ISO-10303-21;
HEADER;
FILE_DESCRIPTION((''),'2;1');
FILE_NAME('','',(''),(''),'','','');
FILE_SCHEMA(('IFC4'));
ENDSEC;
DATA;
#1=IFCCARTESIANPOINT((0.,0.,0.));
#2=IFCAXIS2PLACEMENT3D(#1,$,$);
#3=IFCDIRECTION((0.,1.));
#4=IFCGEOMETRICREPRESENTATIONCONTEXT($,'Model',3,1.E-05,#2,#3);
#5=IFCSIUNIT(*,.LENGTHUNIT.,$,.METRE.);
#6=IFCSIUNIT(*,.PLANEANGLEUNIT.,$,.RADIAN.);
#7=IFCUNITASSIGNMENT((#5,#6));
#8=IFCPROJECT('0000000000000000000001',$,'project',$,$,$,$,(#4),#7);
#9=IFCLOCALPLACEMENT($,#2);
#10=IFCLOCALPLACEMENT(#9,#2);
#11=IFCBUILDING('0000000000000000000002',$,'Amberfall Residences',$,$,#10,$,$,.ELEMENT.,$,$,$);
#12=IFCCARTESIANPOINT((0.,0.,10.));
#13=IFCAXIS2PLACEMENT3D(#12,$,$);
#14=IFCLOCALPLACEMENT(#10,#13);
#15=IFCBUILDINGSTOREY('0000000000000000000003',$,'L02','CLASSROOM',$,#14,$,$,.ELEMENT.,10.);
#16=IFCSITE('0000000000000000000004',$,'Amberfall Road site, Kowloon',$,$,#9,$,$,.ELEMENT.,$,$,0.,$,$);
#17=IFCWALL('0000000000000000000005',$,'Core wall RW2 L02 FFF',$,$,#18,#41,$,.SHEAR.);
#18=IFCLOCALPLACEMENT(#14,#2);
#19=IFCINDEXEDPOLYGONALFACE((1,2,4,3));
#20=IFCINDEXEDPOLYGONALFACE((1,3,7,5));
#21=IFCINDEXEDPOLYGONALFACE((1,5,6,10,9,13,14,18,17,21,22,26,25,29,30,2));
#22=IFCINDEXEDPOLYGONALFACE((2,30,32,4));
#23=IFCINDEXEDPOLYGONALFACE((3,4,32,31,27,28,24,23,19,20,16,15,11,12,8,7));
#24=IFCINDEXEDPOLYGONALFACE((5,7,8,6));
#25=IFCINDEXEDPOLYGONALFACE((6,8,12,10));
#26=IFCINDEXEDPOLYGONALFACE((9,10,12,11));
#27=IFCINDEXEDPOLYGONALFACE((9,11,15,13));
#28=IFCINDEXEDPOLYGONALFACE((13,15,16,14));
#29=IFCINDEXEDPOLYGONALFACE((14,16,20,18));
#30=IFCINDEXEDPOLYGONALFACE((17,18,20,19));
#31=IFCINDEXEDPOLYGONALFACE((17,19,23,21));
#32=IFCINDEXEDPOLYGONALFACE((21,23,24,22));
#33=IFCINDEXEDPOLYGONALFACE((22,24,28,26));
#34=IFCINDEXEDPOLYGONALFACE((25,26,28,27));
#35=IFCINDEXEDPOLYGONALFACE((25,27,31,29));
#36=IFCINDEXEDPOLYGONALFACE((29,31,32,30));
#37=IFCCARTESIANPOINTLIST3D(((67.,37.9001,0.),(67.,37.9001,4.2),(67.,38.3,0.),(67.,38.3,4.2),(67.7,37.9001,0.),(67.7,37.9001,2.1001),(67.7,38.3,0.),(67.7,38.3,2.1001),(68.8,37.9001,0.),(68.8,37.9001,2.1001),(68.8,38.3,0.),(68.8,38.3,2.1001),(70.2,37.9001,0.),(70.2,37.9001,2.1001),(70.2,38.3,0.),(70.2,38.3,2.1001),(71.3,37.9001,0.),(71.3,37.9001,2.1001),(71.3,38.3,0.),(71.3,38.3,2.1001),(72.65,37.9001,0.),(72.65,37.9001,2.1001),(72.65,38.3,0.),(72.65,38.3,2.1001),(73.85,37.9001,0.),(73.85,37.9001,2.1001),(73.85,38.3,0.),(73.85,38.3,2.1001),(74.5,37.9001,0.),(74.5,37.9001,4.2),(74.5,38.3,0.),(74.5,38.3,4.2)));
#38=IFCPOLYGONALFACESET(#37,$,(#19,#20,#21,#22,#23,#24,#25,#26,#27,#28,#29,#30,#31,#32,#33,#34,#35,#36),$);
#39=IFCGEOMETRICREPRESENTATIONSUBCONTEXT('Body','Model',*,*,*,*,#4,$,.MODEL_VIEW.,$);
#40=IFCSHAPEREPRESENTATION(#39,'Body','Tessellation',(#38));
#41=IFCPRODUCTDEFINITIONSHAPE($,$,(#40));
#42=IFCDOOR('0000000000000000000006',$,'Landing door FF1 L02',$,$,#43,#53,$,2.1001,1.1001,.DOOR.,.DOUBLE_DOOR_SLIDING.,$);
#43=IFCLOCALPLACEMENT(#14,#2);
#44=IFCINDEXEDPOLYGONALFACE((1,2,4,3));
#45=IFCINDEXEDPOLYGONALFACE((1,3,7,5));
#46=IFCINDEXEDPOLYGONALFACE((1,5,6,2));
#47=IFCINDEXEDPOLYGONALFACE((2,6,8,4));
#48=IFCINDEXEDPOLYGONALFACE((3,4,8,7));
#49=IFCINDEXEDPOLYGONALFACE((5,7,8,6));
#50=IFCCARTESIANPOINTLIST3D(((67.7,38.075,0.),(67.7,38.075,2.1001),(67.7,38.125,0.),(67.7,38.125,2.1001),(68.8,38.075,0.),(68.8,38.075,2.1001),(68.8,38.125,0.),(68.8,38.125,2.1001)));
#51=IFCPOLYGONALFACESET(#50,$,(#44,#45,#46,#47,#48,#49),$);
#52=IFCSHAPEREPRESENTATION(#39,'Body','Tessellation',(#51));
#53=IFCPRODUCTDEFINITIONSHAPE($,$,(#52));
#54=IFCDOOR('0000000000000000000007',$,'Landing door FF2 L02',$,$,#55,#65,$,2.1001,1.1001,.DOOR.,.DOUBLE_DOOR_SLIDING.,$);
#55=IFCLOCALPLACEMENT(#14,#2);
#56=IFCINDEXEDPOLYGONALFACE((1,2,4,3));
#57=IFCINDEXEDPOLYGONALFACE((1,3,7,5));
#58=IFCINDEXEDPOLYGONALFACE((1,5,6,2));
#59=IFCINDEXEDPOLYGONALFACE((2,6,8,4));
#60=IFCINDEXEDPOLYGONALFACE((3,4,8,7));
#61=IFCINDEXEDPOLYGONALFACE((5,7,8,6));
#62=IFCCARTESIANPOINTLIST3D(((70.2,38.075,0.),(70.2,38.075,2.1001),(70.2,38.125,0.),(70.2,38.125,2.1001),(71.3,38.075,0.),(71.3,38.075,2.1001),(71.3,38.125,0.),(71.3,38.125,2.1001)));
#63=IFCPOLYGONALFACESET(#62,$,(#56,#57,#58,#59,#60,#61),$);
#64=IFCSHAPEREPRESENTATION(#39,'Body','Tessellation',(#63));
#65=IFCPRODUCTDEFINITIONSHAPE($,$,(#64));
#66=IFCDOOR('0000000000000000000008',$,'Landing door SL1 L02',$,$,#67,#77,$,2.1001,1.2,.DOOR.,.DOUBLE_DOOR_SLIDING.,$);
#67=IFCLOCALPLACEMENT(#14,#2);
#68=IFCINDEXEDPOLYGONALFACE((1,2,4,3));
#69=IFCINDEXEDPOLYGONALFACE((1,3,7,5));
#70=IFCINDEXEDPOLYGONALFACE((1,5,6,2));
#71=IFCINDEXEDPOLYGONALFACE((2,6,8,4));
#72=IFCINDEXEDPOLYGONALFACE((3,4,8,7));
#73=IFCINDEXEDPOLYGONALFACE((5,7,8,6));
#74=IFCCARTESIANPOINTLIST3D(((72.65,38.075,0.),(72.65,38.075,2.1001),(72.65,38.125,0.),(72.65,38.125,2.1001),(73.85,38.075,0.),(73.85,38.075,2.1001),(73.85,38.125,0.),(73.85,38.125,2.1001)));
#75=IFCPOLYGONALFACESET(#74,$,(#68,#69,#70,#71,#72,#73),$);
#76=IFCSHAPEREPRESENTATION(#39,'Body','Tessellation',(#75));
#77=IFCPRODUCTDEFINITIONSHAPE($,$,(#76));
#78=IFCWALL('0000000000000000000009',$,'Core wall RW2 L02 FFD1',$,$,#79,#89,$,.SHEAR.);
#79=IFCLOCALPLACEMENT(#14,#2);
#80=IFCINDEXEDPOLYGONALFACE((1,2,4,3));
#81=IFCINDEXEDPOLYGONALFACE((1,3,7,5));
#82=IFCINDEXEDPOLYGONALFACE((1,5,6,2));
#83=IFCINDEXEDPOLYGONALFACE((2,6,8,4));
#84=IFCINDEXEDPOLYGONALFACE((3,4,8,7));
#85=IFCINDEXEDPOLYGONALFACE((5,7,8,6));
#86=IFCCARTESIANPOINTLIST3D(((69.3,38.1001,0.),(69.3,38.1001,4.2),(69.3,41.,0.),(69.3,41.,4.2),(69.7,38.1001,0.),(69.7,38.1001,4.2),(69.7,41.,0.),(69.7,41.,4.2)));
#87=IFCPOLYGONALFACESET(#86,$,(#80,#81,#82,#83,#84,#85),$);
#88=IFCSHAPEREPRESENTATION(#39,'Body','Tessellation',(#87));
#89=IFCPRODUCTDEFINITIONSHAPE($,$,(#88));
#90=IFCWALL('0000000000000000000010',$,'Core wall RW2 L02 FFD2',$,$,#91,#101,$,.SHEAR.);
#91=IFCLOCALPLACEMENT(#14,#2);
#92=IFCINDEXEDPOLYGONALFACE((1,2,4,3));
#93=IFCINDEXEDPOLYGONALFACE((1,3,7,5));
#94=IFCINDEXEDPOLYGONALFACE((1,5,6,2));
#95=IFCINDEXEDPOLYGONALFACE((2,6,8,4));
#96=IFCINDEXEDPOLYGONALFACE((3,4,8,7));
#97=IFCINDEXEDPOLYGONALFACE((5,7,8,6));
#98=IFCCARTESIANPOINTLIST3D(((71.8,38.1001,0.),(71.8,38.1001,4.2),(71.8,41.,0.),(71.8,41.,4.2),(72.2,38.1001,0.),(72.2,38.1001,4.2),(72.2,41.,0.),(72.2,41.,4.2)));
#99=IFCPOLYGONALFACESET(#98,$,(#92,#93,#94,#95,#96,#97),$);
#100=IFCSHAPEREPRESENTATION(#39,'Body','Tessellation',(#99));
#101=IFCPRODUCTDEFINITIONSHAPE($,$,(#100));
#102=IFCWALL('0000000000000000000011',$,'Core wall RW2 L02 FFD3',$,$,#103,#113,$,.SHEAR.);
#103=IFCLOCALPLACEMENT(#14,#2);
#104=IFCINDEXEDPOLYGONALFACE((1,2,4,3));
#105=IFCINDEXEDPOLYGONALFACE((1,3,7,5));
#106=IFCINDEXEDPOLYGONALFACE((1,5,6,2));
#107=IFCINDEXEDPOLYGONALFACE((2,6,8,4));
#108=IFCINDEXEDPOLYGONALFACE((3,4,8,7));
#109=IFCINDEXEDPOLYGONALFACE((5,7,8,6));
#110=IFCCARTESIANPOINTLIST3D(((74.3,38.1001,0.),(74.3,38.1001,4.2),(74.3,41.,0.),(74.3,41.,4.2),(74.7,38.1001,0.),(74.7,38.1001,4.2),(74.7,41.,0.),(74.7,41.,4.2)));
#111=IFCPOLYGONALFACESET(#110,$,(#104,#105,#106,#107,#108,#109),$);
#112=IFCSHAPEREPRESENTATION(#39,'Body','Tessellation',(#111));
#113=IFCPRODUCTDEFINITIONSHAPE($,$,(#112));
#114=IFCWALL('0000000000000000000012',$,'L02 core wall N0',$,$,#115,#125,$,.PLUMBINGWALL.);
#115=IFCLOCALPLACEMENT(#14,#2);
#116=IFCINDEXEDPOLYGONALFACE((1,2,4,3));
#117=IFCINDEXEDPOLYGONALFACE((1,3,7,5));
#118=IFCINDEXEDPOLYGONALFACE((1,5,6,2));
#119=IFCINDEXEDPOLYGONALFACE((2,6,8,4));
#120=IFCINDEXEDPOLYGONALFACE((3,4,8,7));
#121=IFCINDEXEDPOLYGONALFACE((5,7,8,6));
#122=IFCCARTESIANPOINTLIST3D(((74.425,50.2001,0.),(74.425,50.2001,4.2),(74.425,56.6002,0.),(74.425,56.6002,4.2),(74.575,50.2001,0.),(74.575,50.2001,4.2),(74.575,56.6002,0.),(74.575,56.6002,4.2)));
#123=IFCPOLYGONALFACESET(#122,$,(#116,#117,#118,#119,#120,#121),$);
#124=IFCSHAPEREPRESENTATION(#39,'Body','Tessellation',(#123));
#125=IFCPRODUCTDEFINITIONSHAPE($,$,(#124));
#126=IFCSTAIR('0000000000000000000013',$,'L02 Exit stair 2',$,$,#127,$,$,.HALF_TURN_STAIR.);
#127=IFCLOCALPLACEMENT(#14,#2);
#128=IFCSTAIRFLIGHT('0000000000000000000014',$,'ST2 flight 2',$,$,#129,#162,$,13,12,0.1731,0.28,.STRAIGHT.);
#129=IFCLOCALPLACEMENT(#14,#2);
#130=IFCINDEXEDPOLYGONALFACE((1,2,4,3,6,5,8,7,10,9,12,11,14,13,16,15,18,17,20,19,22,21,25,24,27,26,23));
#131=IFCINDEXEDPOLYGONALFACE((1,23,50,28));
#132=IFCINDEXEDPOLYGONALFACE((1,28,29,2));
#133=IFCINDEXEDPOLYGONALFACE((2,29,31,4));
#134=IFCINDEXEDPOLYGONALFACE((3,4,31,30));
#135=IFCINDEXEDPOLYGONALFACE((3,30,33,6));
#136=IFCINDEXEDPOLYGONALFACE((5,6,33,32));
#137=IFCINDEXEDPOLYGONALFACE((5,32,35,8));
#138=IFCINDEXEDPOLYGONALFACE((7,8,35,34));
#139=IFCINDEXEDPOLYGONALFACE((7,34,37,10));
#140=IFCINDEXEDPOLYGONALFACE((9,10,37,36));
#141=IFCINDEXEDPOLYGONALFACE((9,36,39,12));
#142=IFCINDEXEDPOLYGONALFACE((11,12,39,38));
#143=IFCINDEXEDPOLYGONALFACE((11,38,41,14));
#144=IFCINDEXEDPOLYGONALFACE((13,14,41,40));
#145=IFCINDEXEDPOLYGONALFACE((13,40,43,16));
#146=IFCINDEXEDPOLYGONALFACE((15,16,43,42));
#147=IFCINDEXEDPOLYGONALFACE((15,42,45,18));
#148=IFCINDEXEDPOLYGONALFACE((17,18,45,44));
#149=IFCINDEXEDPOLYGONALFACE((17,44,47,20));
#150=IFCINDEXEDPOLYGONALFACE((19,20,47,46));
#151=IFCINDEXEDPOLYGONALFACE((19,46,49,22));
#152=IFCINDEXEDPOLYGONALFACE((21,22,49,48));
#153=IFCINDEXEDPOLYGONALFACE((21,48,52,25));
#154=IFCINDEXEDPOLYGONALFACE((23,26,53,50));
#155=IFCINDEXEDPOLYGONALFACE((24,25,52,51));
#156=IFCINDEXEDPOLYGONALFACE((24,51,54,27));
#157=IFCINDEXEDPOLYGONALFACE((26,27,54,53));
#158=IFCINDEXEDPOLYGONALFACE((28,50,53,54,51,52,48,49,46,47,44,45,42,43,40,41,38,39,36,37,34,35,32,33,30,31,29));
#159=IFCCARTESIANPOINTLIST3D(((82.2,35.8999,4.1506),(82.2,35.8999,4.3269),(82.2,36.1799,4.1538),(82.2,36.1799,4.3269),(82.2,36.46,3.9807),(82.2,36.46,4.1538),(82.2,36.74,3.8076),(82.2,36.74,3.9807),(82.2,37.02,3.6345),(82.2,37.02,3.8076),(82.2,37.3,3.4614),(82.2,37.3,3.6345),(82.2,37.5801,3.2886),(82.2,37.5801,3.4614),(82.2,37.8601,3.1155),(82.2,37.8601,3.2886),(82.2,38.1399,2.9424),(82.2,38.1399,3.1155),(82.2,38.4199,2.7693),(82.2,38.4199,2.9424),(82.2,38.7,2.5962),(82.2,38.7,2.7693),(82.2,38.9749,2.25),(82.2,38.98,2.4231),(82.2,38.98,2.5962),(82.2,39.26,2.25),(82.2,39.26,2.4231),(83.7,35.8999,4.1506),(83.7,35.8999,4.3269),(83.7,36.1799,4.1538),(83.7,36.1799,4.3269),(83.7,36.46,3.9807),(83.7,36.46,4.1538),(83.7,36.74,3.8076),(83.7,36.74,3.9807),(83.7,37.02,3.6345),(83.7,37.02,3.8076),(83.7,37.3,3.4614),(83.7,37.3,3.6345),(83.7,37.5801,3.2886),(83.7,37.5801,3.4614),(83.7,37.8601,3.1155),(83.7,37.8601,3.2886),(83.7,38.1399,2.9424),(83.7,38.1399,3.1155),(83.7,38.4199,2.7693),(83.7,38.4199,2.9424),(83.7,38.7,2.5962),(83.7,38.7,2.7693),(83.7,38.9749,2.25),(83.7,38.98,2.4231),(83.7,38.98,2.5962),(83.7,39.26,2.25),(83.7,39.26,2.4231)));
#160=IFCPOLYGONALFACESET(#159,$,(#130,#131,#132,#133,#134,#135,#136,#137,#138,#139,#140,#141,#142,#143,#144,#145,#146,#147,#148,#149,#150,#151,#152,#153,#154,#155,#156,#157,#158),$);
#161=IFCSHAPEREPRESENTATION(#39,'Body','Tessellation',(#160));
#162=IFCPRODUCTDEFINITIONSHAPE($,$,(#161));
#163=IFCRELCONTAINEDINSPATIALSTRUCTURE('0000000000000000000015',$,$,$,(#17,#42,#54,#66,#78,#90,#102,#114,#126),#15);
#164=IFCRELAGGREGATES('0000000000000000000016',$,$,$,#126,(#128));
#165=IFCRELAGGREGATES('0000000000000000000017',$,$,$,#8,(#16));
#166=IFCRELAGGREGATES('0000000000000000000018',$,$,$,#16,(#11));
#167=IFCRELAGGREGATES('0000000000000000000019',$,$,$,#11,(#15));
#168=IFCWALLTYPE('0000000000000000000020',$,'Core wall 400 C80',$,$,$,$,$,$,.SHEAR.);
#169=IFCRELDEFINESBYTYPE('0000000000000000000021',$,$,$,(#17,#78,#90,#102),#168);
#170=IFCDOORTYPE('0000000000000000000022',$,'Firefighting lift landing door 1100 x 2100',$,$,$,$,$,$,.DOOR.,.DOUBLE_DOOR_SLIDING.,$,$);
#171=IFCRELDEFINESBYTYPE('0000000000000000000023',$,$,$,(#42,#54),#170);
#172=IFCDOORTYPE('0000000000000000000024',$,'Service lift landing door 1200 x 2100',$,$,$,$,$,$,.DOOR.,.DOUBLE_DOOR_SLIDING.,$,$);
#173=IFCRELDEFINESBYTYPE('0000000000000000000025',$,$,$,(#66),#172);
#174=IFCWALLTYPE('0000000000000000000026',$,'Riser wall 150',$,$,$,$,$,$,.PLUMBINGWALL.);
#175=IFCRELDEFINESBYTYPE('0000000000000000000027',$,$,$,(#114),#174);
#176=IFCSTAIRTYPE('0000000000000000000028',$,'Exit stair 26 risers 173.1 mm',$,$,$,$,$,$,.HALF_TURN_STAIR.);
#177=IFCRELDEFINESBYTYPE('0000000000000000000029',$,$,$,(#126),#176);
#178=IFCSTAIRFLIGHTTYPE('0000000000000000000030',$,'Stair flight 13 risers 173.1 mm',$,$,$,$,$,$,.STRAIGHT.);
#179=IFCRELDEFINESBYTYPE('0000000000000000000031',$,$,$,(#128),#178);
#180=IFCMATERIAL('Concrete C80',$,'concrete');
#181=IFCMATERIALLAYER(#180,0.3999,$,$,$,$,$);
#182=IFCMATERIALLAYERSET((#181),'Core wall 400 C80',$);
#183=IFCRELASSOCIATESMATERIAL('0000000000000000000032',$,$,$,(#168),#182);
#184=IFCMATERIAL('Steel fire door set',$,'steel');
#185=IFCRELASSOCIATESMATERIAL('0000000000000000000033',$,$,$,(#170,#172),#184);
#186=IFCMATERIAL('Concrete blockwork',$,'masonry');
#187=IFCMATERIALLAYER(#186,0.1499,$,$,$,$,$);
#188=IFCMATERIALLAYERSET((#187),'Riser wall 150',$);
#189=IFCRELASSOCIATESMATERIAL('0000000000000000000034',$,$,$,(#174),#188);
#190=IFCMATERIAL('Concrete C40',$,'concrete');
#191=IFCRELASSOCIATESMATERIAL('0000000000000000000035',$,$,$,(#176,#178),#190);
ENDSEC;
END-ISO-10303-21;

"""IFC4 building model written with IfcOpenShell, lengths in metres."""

from ifc_helpers import new_model, si_unit, direction, frame, frame_2d, origin, place, context, subcontext, project, spatial, polyline, rectangle, outline, extrude, material, layer, layer_set, type_object, element, fill, aggregate, save


model = new_model("IFC4")

# Units and contexts
model_context = context("Model", 3, precision=1e-05, world=origin(), true_north=direction((0.0, 1.0)))
body_context = subcontext(model_context, "Body", "Model", "MODEL_VIEW")
ifc_project = project(units=[si_unit("LENGTHUNIT", "METRE"), si_unit("PLANEANGLEUNIT", "RADIAN")], contexts=[model_context])

# Site, building, storey
site_placement = place(None, origin())
site = spatial("IfcSite", under=ifc_project, at=site_placement, Name="Amberfall Road site, Kowloon", CompositionType="ELEMENT", RefElevation=0.0)
building_placement = place(site_placement, origin())
building = spatial("IfcBuilding", under=site, at=building_placement, Name="Amberfall Residences", CompositionType="ELEMENT")
storey_placement = place(building_placement, frame((0.0, 0.0, 10.0)))
storey = spatial("IfcBuildingStorey", under=building, at=storey_placement, Name="L02", Description="CLASSROOM", CompositionType="ELEMENT", Elevation=10.0)

# Shared definitions
ifc_material_1 = material(Name="Concrete C80", Category="concrete")
ifc_layer_1 = layer(ifc_material_1, 0.3999)
ifc_layer_set_1 = layer_set([ifc_layer_1], Name="Core wall 400 C80")
wall_type_1 = type_object("IfcWallType", Name="Core wall 400 C80", PredefinedType="SHEAR", material=ifc_layer_set_1)

# Wall, openings, doors
wall_1_placement = place(storey_placement, frame((67.0, 38.1001, 0.0), z_axis=(0.0, 0.0, 1.0), x_axis=(1.0, 0.0, 0.0)))
wall_1 = element("IfcWall", 1, at=wall_1_placement, inside=storey, type_object=wall_type_1, Name="Core wall RW2 L02 FFF", PredefinedType="SHEAR", context=body_context, shape_type="SweptSolid", body=[
    extrude(rectangle(XDim=7.5, YDim=0.3999, at=frame_2d((3.75, 0.0))), origin(), (0.0, 0.0, 1.0), 4.2),
])
opening_1_placement = place(wall_1_placement, frame((0.7, 0.0, 0.0)))
opening_1 = element("IfcOpeningElement", 2, at=opening_1_placement, cuts=wall_1, PredefinedType="OPENING", context=body_context, shape_type="SweptSolid", body=[
    extrude(rectangle(XDim=1.1001, YDim=2.1001, at=frame_2d((0.55, 1.05))), frame((0.0, 0.21, 0.0), z_axis=(0.0, -1.0, 0.0), x_axis=(1.0, 0.0, 0.0)), (0.0, 0.0, 1.0), 0.4199),
])
opening_2_placement = place(wall_1_placement, frame((3.2, 0.0, 0.0)))
opening_2 = element("IfcOpeningElement", 3, at=opening_2_placement, cuts=wall_1, PredefinedType="OPENING", context=body_context, shape_type="SweptSolid", body=[
    extrude(rectangle(XDim=1.1001, YDim=2.1001, at=frame_2d((0.55, 1.05))), frame((0.0, 0.21, 0.0), z_axis=(0.0, -1.0, 0.0), x_axis=(1.0, 0.0, 0.0)), (0.0, 0.0, 1.0), 0.4199),
])
opening_3_placement = place(wall_1_placement, frame((5.6499, 0.0, 0.0)))
opening_3 = element("IfcOpeningElement", 4, at=opening_3_placement, cuts=wall_1, PredefinedType="OPENING", context=body_context, shape_type="SweptSolid", body=[
    extrude(rectangle(XDim=1.2, YDim=2.1001, at=frame_2d((0.6001, 1.05))), frame((0.0, 0.21, 0.0), z_axis=(0.0, -1.0, 0.0), x_axis=(1.0, 0.0, 0.0)), (0.0, 0.0, 1.0), 0.4199),
])
ifc_material_2 = material(Name="Steel fire door set", Category="steel")
door_type_1 = type_object("IfcDoorType", Name="Firefighting lift landing door 1100 x 2100", OperationType="DOUBLE_DOOR_SLIDING", PredefinedType="DOOR", material=ifc_material_2)
door_1_placement = place(opening_1_placement, origin())
door_1 = element("IfcDoor", 5, at=door_1_placement, inside=storey, type_object=door_type_1, Name="Landing door FF1 L02", OperationType="DOUBLE_DOOR_SLIDING", OverallHeight=2.1001, OverallWidth=1.1001, PredefinedType="DOOR", context=body_context, shape_type="SweptSolid", body=[
    extrude(rectangle(XDim=1.1001, YDim=2.1001, at=frame_2d((0.55, 1.05))), frame((0.0, 0.0249, 0.0), z_axis=(0.0, -1.0, 0.0), x_axis=(1.0, 0.0, 0.0)), (0.0, 0.0, 1.0), 0.05),
])
fill(opening_1, door_1)
door_2_placement = place(opening_2_placement, origin())
door_2 = element("IfcDoor", 6, at=door_2_placement, inside=storey, type_object=door_type_1, Name="Landing door FF2 L02", OperationType="DOUBLE_DOOR_SLIDING", OverallHeight=2.1001, OverallWidth=1.1001, PredefinedType="DOOR", context=body_context, shape_type="SweptSolid", body=[
    extrude(rectangle(XDim=1.1001, YDim=2.1001, at=frame_2d((0.55, 1.05))), frame((0.0, 0.0249, 0.0), z_axis=(0.0, -1.0, 0.0), x_axis=(1.0, 0.0, 0.0)), (0.0, 0.0, 1.0), 0.05),
])
fill(opening_2, door_2)
door_type_2 = type_object("IfcDoorType", Name="Service lift landing door 1200 x 2100", OperationType="DOUBLE_DOOR_SLIDING", PredefinedType="DOOR", material=ifc_material_2)
door_3_placement = place(opening_3_placement, origin())
door_3 = element("IfcDoor", 7, at=door_3_placement, inside=storey, type_object=door_type_2, Name="Landing door SL1 L02", OperationType="DOUBLE_DOOR_SLIDING", OverallHeight=2.1001, OverallWidth=1.2, PredefinedType="DOOR", context=body_context, shape_type="SweptSolid", body=[
    extrude(rectangle(XDim=1.2, YDim=2.1001, at=frame_2d((0.6001, 1.05))), frame((0.0, 0.0249, 0.0), z_axis=(0.0, -1.0, 0.0), x_axis=(1.0, 0.0, 0.0)), (0.0, 0.0, 1.0), 0.05),
])
fill(opening_3, door_3)

# Walls
for number, where, z_axis, x_axis, name in (
    (8, (69.5, 38.1001, 0.0), (0.0, 0.0, 1.0), (0.0, 1.0, 0.0), "Core wall RW2 L02 FFD1"),
    (9, (72.0, 38.1001, 0.0), (0.0, 0.0, 1.0), (0.0, 1.0, 0.0), "Core wall RW2 L02 FFD2"),
    (10, (74.5, 38.1001, 0.0), (0.0, 0.0, 1.0), (0.0, 1.0, 0.0), "Core wall RW2 L02 FFD3"),
):
    element("IfcWall", number, at=place(storey_placement, frame(where, z_axis=z_axis, x_axis=x_axis)), inside=storey, type_object=wall_type_1, Name=name, PredefinedType="SHEAR", context=body_context, shape_type="SweptSolid", body=[
        extrude(rectangle(XDim=2.8999, YDim=0.3999, at=frame_2d((1.45, 0.0))), origin(), (0.0, 0.0, 1.0), 4.2),
    ])
ifc_material_3 = material(Name="Concrete blockwork", Category="masonry")
ifc_layer_2 = layer(ifc_material_3, 0.1499)
ifc_layer_set_2 = layer_set([ifc_layer_2], Name="Riser wall 150")
wall_type_2 = type_object("IfcWallType", Name="Riser wall 150", PredefinedType="PLUMBINGWALL", material=ifc_layer_set_2)
wall_2_placement = place(storey_placement, frame((74.5, 50.2, 0.0), z_axis=(0.0, 0.0, 1.0), x_axis=(0.0, 1.0, 0.0)))
element("IfcWall", 11, at=wall_2_placement, inside=storey, type_object=wall_type_2, Name="L02 core wall N0", PredefinedType="PLUMBINGWALL", context=body_context, shape_type="SweptSolid", body=[
    extrude(rectangle(XDim=6.4001, YDim=0.1499, at=frame_2d((3.2002, 0.0))), origin(), (0.0, 0.0, 1.0), 4.2),
])

# Stair, stair flight
ifc_material_4 = material(Name="Concrete C40", Category="concrete")
stair_type = type_object("IfcStairType", Name="Exit stair 26 risers 173.1 mm", PredefinedType="HALF_TURN_STAIR", material=ifc_material_4)
stair_1_placement = place(storey_placement, origin())
stair_1 = element("IfcStair", 12, at=stair_1_placement, inside=storey, type_object=stair_type, Name="L02 Exit stair 2", PredefinedType="HALF_TURN_STAIR")
stair_flight_type = type_object("IfcStairFlightType", Name="Stair flight 13 risers 173.1 mm", PredefinedType="STRAIGHT", material=ifc_material_4)
stair_flight_1_placement = place(storey_placement, frame((82.95, 39.26, 2.25), z_axis=(0.0, 0.0, 1.0), x_axis=(0.0, -1.0, 0.0)))
stair_flight_1 = element("IfcStairFlight", 13, at=stair_flight_1_placement, type_object=stair_flight_type, Name="ST2 flight 2", NumberOfRisers=13, NumberOfTreads=12, PredefinedType="STRAIGHT", RiserHeight=0.1731, TreadLength=0.28, context=body_context, shape_type="SweptSolid", body=[
    extrude(outline(polyline([(0.0, 0.0), (0.0, 0.1731), (0.28, 0.1731), (0.28, 0.3462), (0.5601, 0.3462), (0.5601, 0.5193), (0.8401, 0.5193), (0.8401, 0.6924), (1.1201, 0.6924), (1.1201, 0.8655), (1.3999, 0.8655), (1.3999, 1.0386), (1.6799, 1.0386), (1.6799, 1.2114), (1.96, 1.2114), (1.96, 1.3845), (2.24, 1.3845), (2.24, 1.5576), (2.52, 1.5576), (2.52, 1.7307), (2.8, 1.7307), (2.8, 1.9038), (3.0801, 1.9038), (3.0801, 2.0769), (3.3601, 2.0769), (3.3601, 2.25), (3.3601, 1.9006), (0.2852, 0.0), (0.0, 0.0)])), frame((0.0, 0.75, 0.0), z_axis=(0.0, -1.0, 0.0), x_axis=(1.0, 0.0, 0.0)), (0.0, 0.0, 1.0), 1.5),
])
aggregate(stair_1, [stair_flight_1])

save(model, "model.ifc")
